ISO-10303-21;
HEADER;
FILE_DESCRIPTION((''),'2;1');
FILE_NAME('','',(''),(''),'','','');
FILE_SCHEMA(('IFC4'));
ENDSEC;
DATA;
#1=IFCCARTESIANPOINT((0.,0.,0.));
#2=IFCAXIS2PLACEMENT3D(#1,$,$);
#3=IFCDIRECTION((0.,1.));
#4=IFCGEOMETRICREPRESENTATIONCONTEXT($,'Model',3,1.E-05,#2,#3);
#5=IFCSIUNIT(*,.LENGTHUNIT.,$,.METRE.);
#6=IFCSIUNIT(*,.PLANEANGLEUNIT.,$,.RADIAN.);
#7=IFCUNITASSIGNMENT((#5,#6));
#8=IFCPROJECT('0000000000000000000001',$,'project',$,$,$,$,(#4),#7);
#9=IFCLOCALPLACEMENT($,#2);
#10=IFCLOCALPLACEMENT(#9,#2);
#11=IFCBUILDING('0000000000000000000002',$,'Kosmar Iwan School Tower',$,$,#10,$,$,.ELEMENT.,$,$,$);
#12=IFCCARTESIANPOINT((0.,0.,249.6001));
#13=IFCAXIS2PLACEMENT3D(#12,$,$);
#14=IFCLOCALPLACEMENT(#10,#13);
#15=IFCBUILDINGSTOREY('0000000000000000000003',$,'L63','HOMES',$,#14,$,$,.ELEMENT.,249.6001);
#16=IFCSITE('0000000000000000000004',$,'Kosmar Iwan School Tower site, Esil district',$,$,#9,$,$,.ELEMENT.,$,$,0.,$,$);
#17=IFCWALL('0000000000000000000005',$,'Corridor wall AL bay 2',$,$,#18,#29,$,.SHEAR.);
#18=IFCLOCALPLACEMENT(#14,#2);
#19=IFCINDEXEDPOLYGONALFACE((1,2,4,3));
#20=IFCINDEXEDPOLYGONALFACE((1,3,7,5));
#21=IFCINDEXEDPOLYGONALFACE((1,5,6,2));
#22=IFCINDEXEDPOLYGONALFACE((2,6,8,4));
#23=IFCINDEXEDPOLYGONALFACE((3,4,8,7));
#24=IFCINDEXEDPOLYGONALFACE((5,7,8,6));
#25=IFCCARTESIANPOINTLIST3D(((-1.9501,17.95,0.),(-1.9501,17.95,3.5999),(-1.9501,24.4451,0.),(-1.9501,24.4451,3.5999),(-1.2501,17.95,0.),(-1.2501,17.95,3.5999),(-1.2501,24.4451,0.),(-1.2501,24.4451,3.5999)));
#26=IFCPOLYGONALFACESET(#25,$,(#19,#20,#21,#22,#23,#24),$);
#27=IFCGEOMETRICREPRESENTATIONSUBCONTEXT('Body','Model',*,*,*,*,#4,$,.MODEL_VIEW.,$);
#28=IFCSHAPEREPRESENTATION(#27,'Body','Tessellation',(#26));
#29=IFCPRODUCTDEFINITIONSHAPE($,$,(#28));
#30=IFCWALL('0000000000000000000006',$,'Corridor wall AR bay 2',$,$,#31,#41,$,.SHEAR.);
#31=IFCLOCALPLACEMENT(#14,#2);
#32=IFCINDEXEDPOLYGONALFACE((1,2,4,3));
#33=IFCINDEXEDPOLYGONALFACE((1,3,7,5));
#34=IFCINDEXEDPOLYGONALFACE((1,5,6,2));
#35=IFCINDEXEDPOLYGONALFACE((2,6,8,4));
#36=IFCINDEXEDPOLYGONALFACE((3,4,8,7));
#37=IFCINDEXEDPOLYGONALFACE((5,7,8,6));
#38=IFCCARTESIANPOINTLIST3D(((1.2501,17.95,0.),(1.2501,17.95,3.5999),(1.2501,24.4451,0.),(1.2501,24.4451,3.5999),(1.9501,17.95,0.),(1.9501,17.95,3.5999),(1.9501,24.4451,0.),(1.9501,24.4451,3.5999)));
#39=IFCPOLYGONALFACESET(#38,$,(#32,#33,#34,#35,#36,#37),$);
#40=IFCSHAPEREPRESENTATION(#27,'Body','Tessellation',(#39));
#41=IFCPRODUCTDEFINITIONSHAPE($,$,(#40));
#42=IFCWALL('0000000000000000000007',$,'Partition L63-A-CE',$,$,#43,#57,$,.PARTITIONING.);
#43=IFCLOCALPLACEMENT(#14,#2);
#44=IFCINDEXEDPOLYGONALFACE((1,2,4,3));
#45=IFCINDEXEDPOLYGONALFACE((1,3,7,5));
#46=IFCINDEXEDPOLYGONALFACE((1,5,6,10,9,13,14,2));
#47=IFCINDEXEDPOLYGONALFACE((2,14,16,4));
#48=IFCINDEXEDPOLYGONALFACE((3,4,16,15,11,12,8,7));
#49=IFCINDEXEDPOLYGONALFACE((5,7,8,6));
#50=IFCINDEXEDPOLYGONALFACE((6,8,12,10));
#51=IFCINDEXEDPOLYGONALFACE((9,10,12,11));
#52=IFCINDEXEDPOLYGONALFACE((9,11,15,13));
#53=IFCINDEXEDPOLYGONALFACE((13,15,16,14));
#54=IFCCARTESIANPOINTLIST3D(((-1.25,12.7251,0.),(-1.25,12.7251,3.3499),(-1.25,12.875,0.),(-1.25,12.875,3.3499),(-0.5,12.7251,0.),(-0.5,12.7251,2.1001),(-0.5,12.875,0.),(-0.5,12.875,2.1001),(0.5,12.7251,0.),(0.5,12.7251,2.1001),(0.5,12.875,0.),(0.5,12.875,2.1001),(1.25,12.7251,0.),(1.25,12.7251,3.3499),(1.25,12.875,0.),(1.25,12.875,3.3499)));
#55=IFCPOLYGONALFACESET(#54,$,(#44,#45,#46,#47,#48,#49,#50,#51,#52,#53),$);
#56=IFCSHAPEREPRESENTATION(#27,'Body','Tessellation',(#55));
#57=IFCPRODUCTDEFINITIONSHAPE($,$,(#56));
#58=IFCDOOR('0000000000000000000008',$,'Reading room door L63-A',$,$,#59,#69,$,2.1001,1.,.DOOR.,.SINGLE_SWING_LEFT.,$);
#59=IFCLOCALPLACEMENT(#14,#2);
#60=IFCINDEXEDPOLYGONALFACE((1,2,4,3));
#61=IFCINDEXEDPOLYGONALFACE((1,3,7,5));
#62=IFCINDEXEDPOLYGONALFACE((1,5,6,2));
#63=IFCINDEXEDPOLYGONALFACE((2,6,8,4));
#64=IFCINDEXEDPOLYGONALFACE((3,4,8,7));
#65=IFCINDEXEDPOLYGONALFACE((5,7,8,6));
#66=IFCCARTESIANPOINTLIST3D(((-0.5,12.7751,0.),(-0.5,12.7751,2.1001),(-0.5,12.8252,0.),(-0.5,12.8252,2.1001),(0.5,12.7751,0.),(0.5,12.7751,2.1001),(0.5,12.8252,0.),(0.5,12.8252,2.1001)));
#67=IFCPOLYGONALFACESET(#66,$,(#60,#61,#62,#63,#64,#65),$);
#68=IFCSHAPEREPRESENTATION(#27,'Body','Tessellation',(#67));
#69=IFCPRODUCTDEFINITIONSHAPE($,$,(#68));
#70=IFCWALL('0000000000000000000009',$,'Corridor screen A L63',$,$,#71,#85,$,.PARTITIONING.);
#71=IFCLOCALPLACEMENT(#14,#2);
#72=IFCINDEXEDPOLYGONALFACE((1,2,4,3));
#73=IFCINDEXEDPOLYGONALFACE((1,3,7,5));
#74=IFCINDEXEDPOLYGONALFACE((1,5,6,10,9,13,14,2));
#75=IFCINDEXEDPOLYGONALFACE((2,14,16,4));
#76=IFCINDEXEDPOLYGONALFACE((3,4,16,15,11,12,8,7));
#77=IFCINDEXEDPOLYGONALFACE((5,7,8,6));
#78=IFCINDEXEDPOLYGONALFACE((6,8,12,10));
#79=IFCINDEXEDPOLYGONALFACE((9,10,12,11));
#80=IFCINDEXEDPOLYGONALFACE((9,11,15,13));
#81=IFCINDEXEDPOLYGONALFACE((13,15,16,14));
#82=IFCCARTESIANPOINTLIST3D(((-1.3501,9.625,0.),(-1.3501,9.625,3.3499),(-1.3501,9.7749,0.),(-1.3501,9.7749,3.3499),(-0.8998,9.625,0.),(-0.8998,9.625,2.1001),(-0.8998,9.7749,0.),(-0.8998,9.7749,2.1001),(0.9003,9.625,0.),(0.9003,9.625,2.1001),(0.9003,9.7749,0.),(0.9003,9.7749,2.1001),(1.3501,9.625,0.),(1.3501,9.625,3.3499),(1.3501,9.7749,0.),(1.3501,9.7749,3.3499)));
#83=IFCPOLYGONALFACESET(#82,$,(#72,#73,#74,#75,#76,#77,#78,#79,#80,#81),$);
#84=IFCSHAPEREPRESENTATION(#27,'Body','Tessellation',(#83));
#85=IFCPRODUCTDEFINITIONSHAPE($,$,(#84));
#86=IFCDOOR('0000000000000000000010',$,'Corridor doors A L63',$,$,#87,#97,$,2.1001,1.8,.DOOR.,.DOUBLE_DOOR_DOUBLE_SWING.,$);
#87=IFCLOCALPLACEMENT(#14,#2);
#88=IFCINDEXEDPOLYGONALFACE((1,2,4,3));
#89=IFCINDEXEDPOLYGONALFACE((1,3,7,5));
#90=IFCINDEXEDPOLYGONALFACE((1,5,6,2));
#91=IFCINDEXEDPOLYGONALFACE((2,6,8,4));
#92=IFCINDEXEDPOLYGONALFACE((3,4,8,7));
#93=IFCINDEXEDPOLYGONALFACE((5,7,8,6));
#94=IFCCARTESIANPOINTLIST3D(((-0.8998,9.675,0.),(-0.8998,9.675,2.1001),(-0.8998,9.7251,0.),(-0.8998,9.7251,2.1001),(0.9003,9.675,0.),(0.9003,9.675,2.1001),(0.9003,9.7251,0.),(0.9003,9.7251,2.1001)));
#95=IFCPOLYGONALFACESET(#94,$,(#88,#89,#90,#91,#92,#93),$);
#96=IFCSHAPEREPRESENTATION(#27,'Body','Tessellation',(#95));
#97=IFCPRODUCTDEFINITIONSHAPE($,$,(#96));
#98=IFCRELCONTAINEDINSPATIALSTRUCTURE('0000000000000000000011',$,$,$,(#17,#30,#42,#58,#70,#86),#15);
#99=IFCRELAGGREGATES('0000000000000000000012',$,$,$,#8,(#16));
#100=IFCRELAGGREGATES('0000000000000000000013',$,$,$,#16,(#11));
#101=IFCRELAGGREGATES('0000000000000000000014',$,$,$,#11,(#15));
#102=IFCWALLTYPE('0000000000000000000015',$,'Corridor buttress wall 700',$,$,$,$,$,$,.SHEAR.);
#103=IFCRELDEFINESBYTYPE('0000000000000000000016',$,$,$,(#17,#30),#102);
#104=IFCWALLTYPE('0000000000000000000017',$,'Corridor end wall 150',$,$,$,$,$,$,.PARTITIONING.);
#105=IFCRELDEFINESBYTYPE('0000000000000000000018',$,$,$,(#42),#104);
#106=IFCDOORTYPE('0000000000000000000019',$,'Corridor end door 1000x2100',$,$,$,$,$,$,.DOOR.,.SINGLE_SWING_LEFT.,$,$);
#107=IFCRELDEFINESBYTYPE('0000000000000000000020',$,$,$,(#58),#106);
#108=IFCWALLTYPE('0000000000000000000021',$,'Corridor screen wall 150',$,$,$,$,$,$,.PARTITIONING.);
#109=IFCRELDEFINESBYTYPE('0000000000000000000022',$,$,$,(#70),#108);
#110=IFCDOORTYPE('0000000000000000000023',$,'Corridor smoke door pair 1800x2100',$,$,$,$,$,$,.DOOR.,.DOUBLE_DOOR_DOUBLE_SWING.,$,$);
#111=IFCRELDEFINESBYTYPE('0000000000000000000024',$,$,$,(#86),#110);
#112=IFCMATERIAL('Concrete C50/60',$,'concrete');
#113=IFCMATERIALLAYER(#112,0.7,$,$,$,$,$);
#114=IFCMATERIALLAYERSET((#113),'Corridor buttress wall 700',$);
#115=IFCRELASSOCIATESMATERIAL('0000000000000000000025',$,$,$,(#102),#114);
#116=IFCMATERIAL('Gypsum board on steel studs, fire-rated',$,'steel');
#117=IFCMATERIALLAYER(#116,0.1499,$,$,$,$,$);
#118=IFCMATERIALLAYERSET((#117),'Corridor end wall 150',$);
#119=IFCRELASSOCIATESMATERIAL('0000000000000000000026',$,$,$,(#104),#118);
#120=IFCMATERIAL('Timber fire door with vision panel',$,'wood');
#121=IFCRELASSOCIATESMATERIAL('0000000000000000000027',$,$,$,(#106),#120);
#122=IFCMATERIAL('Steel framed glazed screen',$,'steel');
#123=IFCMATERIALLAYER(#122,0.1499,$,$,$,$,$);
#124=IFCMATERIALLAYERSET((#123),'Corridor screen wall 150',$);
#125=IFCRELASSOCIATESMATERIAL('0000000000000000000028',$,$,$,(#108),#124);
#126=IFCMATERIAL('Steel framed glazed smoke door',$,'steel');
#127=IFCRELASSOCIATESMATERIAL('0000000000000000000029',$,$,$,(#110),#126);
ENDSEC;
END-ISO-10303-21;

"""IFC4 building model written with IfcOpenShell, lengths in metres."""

from ifc_helpers import new_model, si_unit, direction, frame, frame_2d, origin, place, context, subcontext, project, spatial, rectangle, extrude, material, layer, layer_set, type_object, element, fill, save


model = new_model("IFC4")

# Units and contexts
model_context = context("Model", 3, precision=1e-05, world=origin(), true_north=direction((0.0, 1.0)))
body_context = subcontext(model_context, "Body", "Model", "MODEL_VIEW")
ifc_project = project(units=[si_unit("LENGTHUNIT", "METRE"), si_unit("PLANEANGLEUNIT", "RADIAN")], contexts=[model_context])

# Site, building, storey
site_placement = place(None, origin())
site = spatial("IfcSite", under=ifc_project, at=site_placement, Name="Kosmar Iwan School Tower site, Esil district", CompositionType="ELEMENT", RefElevation=0.0)
building_placement = place(site_placement, origin())
building = spatial("IfcBuilding", under=site, at=building_placement, Name="Kosmar Iwan School Tower", CompositionType="ELEMENT")
storey_placement = place(building_placement, frame((0.0, 0.0, 249.6001)))
storey = spatial("IfcBuildingStorey", under=building, at=storey_placement, Name="L63", Description="HOMES", CompositionType="ELEMENT", Elevation=249.6001)

# Walls
ifc_material_1 = material(Name="Concrete C50/60", Category="concrete")
ifc_layer_1 = layer(ifc_material_1, 0.7)
ifc_layer_set_1 = layer_set([ifc_layer_1], Name="Corridor buttress wall 700")
wall_type_1 = type_object("IfcWallType", Name="Corridor buttress wall 700", PredefinedType="SHEAR", material=ifc_layer_set_1)
for number, where, z_axis, x_axis, name in (
    (1, (-1.6001, 17.95, 0.0), (0.0, 0.0, 1.0), (0.0, 1.0, 0.0), "Corridor wall AL bay 2"),
    (2, (1.6001, 17.95, 0.0), (0.0, 0.0, 1.0), (0.0, 1.0, 0.0), "Corridor wall AR bay 2"),
):
    element("IfcWall", number, at=place(storey_placement, frame(where, z_axis=z_axis, x_axis=x_axis)), inside=storey, type_object=wall_type_1, Name=name, PredefinedType="SHEAR", context=body_context, shape_type="SweptSolid", body=[
        extrude(rectangle(XDim=6.4951, YDim=0.7, at=frame_2d((3.2476, 0.0))), origin(), (0.0, 0.0, 1.0), 3.5999),
    ])

# Walls, openings, doors
ifc_material_2 = material(Name="Gypsum board on steel studs, fire-rated", Category="steel")
ifc_layer_2 = layer(ifc_material_2, 0.1499)
ifc_layer_set_2 = layer_set([ifc_layer_2], Name="Corridor end wall 150")
wall_type_2 = type_object("IfcWallType", Name="Corridor end wall 150", PredefinedType="PARTITIONING", material=ifc_layer_set_2)
wall_1_placement = place(storey_placement, frame((1.25, 12.8, 0.0), z_axis=(0.0, 0.0, 1.0), x_axis=(-1.0, 0.0, 0.0)))
wall_1 = element("IfcWall", 3, at=wall_1_placement, inside=storey, type_object=wall_type_2, Name="Partition L63-A-CE", PredefinedType="PARTITIONING", context=body_context, shape_type="SweptSolid", body=[
    extrude(rectangle(XDim=2.5, YDim=0.1499, at=frame_2d((1.25, 0.0))), origin(), (0.0, 0.0, 1.0), 3.3499),
])
opening_1_placement = place(wall_1_placement, frame((0.75, 0.0, 0.0)))
opening_1 = element("IfcOpeningElement", 4, at=opening_1_placement, cuts=wall_1, PredefinedType="OPENING", context=body_context, shape_type="SweptSolid", body=[
    extrude(rectangle(XDim=1.0, YDim=2.1001, at=frame_2d((0.5, 1.05))), frame((0.0, 0.0869, 0.0), z_axis=(0.0, -1.0, 0.0), x_axis=(1.0, 0.0, 0.0)), (0.0, 0.0, 1.0), 0.1738),
])
ifc_material_3 = material(Name="Timber fire door with vision panel", Category="wood")
door_type_1 = type_object("IfcDoorType", Name="Corridor end door 1000x2100", OperationType="SINGLE_SWING_LEFT", PredefinedType="DOOR", material=ifc_material_3)
door_1_placement = place(opening_1_placement, origin())
door_1 = element("IfcDoor", 5, at=door_1_placement, inside=storey, type_object=door_type_1, Name="Reading room door L63-A", OperationType="SINGLE_SWING_LEFT", OverallHeight=2.1001, OverallWidth=1.0, PredefinedType="DOOR", context=body_context, shape_type="SweptSolid", body=[
    extrude(rectangle(XDim=1.0, YDim=2.1001, at=frame_2d((0.5, 1.05))), frame((0.0, 0.0249, 0.0), z_axis=(0.0, -1.0, 0.0), x_axis=(1.0, 0.0, 0.0)), (0.0, 0.0, 1.0), 0.05),
])
fill(opening_1, door_1)
ifc_material_4 = material(Name="Steel framed glazed screen", Category="steel")
ifc_layer_3 = layer(ifc_material_4, 0.1499)
ifc_layer_set_3 = layer_set([ifc_layer_3], Name="Corridor screen wall 150")
wall_type_3 = type_object("IfcWallType", Name="Corridor screen wall 150", PredefinedType="PARTITIONING", material=ifc_layer_set_3)
wall_2_placement = place(storey_placement, frame((1.3501, 9.7, 0.0), z_axis=(0.0, 0.0, 1.0), x_axis=(-1.0, 0.0, 0.0)))
wall_2 = element("IfcWall", 6, at=wall_2_placement, inside=storey, type_object=wall_type_3, Name="Corridor screen A L63", PredefinedType="PARTITIONING", context=body_context, shape_type="SweptSolid", body=[
    extrude(rectangle(XDim=2.7002, YDim=0.1499, at=frame_2d((1.3501, 0.0))), origin(), (0.0, 0.0, 1.0), 3.3499),
])
opening_2_placement = place(wall_2_placement, frame((0.45, 0.0, 0.0)))
opening_2 = element("IfcOpeningElement", 7, at=opening_2_placement, cuts=wall_2, PredefinedType="OPENING", context=body_context, shape_type="SweptSolid", body=[
    extrude(rectangle(XDim=1.8, YDim=2.1001, at=frame_2d((0.8999, 1.05))), frame((0.0, 0.0869, 0.0), z_axis=(0.0, -1.0, 0.0), x_axis=(1.0, 0.0, 0.0)), (0.0, 0.0, 1.0), 0.1738),
])
ifc_material_5 = material(Name="Steel framed glazed smoke door", Category="steel")
door_type_2 = type_object("IfcDoorType", Name="Corridor smoke door pair 1800x2100", OperationType="DOUBLE_DOOR_DOUBLE_SWING", PredefinedType="DOOR", material=ifc_material_5)
door_2_placement = place(opening_2_placement, origin())
door_2 = element("IfcDoor", 8, at=door_2_placement, inside=storey, type_object=door_type_2, Name="Corridor doors A L63", OperationType="DOUBLE_DOOR_DOUBLE_SWING", OverallHeight=2.1001, OverallWidth=1.8, PredefinedType="DOOR", context=body_context, shape_type="SweptSolid", body=[
    extrude(rectangle(XDim=1.8, YDim=2.1001, at=frame_2d((0.8999, 1.05))), frame((0.0, 0.0249, 0.0), z_axis=(0.0, -1.0, 0.0), x_axis=(1.0, 0.0, 0.0)), (0.0, 0.0, 1.0), 0.05),
])
fill(opening_2, door_2)

save(model, "model.ifc")
